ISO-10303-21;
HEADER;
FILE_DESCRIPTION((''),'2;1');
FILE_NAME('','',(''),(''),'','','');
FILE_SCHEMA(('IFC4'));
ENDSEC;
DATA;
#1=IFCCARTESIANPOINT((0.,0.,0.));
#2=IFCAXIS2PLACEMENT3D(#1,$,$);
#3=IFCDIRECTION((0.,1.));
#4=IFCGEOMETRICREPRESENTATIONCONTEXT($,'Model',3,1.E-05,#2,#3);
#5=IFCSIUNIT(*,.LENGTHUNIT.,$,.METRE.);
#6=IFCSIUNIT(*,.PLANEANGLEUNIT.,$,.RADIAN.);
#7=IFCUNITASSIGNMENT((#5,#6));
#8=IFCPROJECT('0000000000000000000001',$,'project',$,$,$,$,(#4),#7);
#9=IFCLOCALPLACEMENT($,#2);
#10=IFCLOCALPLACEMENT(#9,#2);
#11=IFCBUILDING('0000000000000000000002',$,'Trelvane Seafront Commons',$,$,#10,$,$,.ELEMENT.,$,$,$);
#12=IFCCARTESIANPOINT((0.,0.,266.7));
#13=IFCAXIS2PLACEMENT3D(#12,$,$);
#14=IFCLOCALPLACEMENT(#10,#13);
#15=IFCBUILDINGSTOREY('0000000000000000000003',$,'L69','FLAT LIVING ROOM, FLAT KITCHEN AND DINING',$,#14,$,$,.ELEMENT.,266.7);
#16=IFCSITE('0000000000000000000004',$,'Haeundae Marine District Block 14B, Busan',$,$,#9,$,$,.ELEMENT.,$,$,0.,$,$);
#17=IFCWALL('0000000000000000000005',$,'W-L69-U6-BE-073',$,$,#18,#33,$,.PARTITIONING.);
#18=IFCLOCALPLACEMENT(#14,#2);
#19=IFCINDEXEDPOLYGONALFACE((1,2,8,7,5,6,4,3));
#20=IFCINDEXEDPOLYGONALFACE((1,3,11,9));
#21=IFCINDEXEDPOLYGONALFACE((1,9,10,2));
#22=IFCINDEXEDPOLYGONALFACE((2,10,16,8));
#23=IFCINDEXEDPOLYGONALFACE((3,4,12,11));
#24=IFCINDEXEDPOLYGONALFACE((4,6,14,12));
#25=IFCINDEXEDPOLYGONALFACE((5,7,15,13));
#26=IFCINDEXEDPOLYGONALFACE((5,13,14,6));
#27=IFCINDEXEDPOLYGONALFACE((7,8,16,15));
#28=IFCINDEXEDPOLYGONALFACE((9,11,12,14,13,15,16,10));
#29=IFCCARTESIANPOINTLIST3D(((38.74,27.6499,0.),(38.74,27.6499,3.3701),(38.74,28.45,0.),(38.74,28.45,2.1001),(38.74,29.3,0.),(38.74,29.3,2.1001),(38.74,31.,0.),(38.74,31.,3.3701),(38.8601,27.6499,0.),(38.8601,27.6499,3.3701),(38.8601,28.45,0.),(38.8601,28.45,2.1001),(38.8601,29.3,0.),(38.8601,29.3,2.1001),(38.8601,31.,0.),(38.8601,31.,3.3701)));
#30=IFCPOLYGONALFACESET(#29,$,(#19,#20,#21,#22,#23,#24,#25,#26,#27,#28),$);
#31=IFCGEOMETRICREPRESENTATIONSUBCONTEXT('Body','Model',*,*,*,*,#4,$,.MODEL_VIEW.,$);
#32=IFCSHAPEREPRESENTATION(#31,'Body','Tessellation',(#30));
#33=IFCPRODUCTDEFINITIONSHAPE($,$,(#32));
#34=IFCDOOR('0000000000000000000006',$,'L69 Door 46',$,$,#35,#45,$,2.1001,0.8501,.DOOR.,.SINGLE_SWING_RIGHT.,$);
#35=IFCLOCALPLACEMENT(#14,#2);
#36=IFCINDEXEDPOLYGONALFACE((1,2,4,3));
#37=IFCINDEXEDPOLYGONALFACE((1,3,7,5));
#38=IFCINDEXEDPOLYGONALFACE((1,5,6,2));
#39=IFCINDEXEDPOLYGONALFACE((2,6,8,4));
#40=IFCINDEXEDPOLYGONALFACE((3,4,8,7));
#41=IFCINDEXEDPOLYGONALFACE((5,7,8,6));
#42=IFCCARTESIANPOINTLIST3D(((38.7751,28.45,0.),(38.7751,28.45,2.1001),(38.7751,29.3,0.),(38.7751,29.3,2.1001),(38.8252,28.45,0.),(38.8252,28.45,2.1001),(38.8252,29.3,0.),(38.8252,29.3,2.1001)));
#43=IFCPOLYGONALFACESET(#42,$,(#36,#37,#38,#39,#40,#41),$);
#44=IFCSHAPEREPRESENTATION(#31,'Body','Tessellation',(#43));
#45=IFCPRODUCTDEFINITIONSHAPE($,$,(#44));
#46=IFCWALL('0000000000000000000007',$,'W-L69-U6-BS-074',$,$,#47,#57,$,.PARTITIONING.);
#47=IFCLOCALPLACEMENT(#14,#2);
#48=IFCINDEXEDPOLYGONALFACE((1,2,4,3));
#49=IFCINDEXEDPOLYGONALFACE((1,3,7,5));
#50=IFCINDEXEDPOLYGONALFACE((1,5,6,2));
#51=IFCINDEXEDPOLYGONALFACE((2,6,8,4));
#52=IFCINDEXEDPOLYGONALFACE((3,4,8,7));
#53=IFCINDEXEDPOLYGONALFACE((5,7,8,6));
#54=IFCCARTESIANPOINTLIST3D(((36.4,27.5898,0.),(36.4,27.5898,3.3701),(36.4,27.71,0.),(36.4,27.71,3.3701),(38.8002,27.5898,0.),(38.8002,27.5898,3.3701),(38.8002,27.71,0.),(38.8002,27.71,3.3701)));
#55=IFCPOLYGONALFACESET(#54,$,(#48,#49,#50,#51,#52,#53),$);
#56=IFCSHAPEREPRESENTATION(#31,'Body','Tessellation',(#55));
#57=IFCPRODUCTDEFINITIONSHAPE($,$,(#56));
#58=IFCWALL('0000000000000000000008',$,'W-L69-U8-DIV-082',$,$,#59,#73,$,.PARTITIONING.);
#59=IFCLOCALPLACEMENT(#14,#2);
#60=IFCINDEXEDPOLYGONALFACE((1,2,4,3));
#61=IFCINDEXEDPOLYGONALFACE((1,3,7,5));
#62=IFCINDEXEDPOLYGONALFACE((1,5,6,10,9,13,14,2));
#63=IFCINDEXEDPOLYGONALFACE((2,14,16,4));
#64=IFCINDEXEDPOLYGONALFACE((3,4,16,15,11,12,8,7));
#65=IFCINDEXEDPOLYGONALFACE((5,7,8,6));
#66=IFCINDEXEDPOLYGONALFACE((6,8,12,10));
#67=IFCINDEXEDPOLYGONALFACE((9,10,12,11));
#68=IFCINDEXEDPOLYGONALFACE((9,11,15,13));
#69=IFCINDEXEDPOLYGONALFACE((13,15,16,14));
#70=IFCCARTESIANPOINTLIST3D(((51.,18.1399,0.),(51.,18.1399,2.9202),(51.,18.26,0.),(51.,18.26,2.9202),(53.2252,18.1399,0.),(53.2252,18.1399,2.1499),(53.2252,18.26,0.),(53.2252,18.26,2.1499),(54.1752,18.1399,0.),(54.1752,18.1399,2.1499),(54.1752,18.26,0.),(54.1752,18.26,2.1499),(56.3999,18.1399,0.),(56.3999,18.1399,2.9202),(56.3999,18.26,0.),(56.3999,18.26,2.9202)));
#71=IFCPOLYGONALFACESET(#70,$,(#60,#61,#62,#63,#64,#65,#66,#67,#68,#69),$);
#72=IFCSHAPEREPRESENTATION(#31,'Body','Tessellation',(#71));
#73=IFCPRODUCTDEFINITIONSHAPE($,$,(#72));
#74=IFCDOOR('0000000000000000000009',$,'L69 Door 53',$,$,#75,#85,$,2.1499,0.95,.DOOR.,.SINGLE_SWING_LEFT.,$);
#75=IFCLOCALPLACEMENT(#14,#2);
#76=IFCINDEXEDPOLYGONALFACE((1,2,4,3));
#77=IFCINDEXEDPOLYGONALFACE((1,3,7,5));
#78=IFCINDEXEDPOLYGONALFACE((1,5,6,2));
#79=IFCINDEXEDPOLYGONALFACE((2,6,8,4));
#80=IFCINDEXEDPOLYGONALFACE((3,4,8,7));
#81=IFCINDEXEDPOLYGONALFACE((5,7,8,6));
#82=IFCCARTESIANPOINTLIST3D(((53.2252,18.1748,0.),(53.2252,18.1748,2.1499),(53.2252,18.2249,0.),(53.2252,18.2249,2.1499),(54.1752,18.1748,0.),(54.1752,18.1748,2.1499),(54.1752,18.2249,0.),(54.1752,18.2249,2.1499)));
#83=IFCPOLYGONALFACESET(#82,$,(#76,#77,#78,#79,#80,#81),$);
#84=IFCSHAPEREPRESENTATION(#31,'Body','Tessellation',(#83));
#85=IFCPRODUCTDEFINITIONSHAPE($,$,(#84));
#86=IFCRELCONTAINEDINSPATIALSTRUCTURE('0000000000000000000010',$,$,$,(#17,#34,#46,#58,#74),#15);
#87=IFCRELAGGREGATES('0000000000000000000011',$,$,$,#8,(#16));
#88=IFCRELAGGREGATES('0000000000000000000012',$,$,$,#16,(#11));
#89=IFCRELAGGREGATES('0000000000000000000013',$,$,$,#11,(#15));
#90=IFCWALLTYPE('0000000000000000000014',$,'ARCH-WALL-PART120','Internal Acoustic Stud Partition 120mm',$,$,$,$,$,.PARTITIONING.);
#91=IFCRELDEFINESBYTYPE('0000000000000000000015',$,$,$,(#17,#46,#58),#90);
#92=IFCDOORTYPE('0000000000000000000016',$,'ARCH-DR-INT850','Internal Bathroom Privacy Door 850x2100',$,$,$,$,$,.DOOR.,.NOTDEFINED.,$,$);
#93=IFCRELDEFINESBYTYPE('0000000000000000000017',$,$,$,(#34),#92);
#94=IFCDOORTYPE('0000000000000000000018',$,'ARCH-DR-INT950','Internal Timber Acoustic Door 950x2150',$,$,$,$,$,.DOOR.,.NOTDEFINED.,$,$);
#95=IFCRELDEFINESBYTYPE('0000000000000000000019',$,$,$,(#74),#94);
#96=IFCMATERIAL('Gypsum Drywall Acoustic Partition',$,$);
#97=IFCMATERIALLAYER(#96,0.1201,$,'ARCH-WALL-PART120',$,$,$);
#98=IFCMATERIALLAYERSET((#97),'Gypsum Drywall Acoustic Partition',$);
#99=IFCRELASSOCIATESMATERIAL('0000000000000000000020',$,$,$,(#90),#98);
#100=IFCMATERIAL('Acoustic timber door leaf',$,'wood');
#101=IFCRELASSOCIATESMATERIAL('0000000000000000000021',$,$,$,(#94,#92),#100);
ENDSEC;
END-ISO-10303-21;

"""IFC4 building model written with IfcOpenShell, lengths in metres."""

from ifc_helpers import new_model, si_unit, direction, frame, frame_2d, origin, place, context, subcontext, project, spatial, rectangle, extrude, source, transform, mapped, material, layer, layer_set, type_object, element, fill, save


model = new_model("IFC4")

# Units and contexts
model_context = context("Model", 3, precision=1e-05, world=origin(), true_north=direction((0.0, 1.0)))
body_context = subcontext(model_context, "Body", "Model", "MODEL_VIEW")
ifc_project = project(units=[si_unit("LENGTHUNIT", "METRE"), si_unit("PLANEANGLEUNIT", "RADIAN")], contexts=[model_context])

# Site, building, storey
site_placement = place(None, origin())
site = spatial("IfcSite", under=ifc_project, at=site_placement, Name="Haeundae Marine District Block 14B, Busan", CompositionType="ELEMENT", RefElevation=0.0)
building_placement = place(site_placement, origin())
building = spatial("IfcBuilding", under=site, at=building_placement, Name="Trelvane Seafront Commons", CompositionType="ELEMENT")
storey_placement = place(building_placement, frame((0.0, 0.0, 266.7)))
storey = spatial("IfcBuildingStorey", under=building, at=storey_placement, Name="L69", Description="FLAT LIVING ROOM, FLAT KITCHEN AND DINING", CompositionType="ELEMENT", Elevation=266.7)

# Wall, opening, door
ifc_material_1 = material(Name="Gypsum Drywall Acoustic Partition")
ifc_layer = layer(ifc_material_1, 0.1201, Name="ARCH-WALL-PART120")
ifc_layer_set = layer_set([ifc_layer], Name="Gypsum Drywall Acoustic Partition")
wall_type = type_object("IfcWallType", Name="ARCH-WALL-PART120", Description="Internal Acoustic Stud Partition 120mm", PredefinedType="PARTITIONING", material=ifc_layer_set)
ifc_material_2 = material(Name="Acoustic timber door leaf", Category="wood")
door_type_1 = type_object("IfcDoorType", Name="ARCH-DR-INT950", Description="Internal Timber Acoustic Door 950x2150", OperationType="NOTDEFINED", PredefinedType="DOOR", material=ifc_material_2)
shared_shape_1 = source(origin(), body_context, "Body", "SweptSolid", [
    extrude(rectangle(XDim=0.95, YDim=2.1499, at=frame_2d((0.4751, 1.075))), frame((0.0, 0.0249, 0.0), z_axis=(0.0, -1.0, 0.0), x_axis=(1.0, 0.0, 0.0)), (0.0, 0.0, 1.0), 0.05),
])
wall_1_placement = place(storey_placement, frame((38.8, 27.6499, 0.0), z_axis=(0.0, 0.0, 1.0), x_axis=(0.0, 1.0, 0.0)))
wall_1 = element("IfcWall", 1, at=wall_1_placement, inside=storey, type_object=wall_type, Name="W-L69-U6-BE-073", PredefinedType="PARTITIONING", context=body_context, shape_type="SweptSolid", body=[
    extrude(rectangle(XDim=3.3501, YDim=0.1201, at=frame_2d((1.675, 0.0))), origin(), (0.0, 0.0, 1.0), 3.3701),
])
opening_1_placement = place(wall_1_placement, frame((0.8, 0.0, 0.0)))
opening_1 = element("IfcOpeningElement", 2, at=opening_1_placement, cuts=wall_1, PredefinedType="OPENING", context=body_context, shape_type="SweptSolid", body=[
    extrude(rectangle(XDim=0.8501, YDim=2.1001, at=frame_2d((0.425, 1.05))), frame((0.0, 0.0701, 0.0), z_axis=(0.0, -1.0, 0.0), x_axis=(1.0, 0.0, 0.0)), (0.0, 0.0, 1.0), 0.1401),
])
door_type_2 = type_object("IfcDoorType", Name="ARCH-DR-INT850", Description="Internal Bathroom Privacy Door 850x2100", OperationType="NOTDEFINED", PredefinedType="DOOR", material=ifc_material_2)
shared_shape_2 = source(origin(), body_context, "Body", "SweptSolid", [
    extrude(rectangle(XDim=0.8501, YDim=2.1001, at=frame_2d((0.425, 1.05))), frame((0.0, 0.0249, 0.0), z_axis=(0.0, -1.0, 0.0), x_axis=(1.0, 0.0, 0.0)), (0.0, 0.0, 1.0), 0.05),
])
door_1_placement = place(opening_1_placement, origin())
door_1 = element("IfcDoor", 3, at=door_1_placement, inside=storey, type_object=door_type_2, Name="L69 Door 46", OperationType="SINGLE_SWING_RIGHT", OverallHeight=2.1001, OverallWidth=0.8501, PredefinedType="DOOR", context=body_context, shape_type="MappedRepresentation", body=[
    mapped(shared_shape_2, transform((0.0, 0.0, 0.0), x_axis=(1.0, 0.0, 0.0), y_axis=(0.0, 1.0, 0.0), z_axis=(0.0, 0.0, 1.0), scale=1.0)),
])
fill(opening_1, door_1)

# Wall
wall_2_placement = place(storey_placement, frame((36.3999, 27.6499, 0.0), z_axis=(0.0, 0.0, 1.0), x_axis=(1.0, 0.0, 0.0)))
element("IfcWall", 4, at=wall_2_placement, inside=storey, type_object=wall_type, Name="W-L69-U6-BS-074", PredefinedType="PARTITIONING", context=body_context, shape_type="SweptSolid", body=[
    extrude(rectangle(XDim=2.4001, YDim=0.1201, at=frame_2d((1.2002, 0.0))), origin(), (0.0, 0.0, 1.0), 3.3701),
])

# Wall, opening, door
wall_3_placement = place(storey_placement, frame((51.0, 18.2, 0.0), z_axis=(0.0, 0.0, 1.0), x_axis=(1.0, 0.0, 0.0)))
wall_3 = element("IfcWall", 5, at=wall_3_placement, inside=storey, type_object=wall_type, Name="W-L69-U8-DIV-082", PredefinedType="PARTITIONING", context=body_context, shape_type="SweptSolid", body=[
    extrude(rectangle(XDim=5.3999, YDim=0.1201, at=frame_2d((2.7, 0.0))), origin(), (0.0, 0.0, 1.0), 2.9202),
])
opening_2_placement = place(wall_3_placement, frame((2.2251, 0.0, 0.0)))
opening_2 = element("IfcOpeningElement", 6, at=opening_2_placement, cuts=wall_3, PredefinedType="OPENING", context=body_context, shape_type="SweptSolid", body=[
    extrude(rectangle(XDim=0.95, YDim=2.1499, at=frame_2d((0.4751, 1.075))), frame((0.0, 0.0701, 0.0), z_axis=(0.0, -1.0, 0.0), x_axis=(1.0, 0.0, 0.0)), (0.0, 0.0, 1.0), 0.1401),
])
door_2_placement = place(opening_2_placement, origin())
door_2 = element("IfcDoor", 7, at=door_2_placement, inside=storey, type_object=door_type_1, Name="L69 Door 53", OperationType="SINGLE_SWING_LEFT", OverallHeight=2.1499, OverallWidth=0.95, PredefinedType="DOOR", context=body_context, shape_type="MappedRepresentation", body=[
    mapped(shared_shape_1, transform((0.0, 0.0, 0.0), x_axis=(1.0, 0.0, 0.0), y_axis=(0.0, 1.0, 0.0), z_axis=(0.0, 0.0, 1.0), scale=1.0)),
])
fill(opening_2, door_2)

save(model, "model.ifc")
